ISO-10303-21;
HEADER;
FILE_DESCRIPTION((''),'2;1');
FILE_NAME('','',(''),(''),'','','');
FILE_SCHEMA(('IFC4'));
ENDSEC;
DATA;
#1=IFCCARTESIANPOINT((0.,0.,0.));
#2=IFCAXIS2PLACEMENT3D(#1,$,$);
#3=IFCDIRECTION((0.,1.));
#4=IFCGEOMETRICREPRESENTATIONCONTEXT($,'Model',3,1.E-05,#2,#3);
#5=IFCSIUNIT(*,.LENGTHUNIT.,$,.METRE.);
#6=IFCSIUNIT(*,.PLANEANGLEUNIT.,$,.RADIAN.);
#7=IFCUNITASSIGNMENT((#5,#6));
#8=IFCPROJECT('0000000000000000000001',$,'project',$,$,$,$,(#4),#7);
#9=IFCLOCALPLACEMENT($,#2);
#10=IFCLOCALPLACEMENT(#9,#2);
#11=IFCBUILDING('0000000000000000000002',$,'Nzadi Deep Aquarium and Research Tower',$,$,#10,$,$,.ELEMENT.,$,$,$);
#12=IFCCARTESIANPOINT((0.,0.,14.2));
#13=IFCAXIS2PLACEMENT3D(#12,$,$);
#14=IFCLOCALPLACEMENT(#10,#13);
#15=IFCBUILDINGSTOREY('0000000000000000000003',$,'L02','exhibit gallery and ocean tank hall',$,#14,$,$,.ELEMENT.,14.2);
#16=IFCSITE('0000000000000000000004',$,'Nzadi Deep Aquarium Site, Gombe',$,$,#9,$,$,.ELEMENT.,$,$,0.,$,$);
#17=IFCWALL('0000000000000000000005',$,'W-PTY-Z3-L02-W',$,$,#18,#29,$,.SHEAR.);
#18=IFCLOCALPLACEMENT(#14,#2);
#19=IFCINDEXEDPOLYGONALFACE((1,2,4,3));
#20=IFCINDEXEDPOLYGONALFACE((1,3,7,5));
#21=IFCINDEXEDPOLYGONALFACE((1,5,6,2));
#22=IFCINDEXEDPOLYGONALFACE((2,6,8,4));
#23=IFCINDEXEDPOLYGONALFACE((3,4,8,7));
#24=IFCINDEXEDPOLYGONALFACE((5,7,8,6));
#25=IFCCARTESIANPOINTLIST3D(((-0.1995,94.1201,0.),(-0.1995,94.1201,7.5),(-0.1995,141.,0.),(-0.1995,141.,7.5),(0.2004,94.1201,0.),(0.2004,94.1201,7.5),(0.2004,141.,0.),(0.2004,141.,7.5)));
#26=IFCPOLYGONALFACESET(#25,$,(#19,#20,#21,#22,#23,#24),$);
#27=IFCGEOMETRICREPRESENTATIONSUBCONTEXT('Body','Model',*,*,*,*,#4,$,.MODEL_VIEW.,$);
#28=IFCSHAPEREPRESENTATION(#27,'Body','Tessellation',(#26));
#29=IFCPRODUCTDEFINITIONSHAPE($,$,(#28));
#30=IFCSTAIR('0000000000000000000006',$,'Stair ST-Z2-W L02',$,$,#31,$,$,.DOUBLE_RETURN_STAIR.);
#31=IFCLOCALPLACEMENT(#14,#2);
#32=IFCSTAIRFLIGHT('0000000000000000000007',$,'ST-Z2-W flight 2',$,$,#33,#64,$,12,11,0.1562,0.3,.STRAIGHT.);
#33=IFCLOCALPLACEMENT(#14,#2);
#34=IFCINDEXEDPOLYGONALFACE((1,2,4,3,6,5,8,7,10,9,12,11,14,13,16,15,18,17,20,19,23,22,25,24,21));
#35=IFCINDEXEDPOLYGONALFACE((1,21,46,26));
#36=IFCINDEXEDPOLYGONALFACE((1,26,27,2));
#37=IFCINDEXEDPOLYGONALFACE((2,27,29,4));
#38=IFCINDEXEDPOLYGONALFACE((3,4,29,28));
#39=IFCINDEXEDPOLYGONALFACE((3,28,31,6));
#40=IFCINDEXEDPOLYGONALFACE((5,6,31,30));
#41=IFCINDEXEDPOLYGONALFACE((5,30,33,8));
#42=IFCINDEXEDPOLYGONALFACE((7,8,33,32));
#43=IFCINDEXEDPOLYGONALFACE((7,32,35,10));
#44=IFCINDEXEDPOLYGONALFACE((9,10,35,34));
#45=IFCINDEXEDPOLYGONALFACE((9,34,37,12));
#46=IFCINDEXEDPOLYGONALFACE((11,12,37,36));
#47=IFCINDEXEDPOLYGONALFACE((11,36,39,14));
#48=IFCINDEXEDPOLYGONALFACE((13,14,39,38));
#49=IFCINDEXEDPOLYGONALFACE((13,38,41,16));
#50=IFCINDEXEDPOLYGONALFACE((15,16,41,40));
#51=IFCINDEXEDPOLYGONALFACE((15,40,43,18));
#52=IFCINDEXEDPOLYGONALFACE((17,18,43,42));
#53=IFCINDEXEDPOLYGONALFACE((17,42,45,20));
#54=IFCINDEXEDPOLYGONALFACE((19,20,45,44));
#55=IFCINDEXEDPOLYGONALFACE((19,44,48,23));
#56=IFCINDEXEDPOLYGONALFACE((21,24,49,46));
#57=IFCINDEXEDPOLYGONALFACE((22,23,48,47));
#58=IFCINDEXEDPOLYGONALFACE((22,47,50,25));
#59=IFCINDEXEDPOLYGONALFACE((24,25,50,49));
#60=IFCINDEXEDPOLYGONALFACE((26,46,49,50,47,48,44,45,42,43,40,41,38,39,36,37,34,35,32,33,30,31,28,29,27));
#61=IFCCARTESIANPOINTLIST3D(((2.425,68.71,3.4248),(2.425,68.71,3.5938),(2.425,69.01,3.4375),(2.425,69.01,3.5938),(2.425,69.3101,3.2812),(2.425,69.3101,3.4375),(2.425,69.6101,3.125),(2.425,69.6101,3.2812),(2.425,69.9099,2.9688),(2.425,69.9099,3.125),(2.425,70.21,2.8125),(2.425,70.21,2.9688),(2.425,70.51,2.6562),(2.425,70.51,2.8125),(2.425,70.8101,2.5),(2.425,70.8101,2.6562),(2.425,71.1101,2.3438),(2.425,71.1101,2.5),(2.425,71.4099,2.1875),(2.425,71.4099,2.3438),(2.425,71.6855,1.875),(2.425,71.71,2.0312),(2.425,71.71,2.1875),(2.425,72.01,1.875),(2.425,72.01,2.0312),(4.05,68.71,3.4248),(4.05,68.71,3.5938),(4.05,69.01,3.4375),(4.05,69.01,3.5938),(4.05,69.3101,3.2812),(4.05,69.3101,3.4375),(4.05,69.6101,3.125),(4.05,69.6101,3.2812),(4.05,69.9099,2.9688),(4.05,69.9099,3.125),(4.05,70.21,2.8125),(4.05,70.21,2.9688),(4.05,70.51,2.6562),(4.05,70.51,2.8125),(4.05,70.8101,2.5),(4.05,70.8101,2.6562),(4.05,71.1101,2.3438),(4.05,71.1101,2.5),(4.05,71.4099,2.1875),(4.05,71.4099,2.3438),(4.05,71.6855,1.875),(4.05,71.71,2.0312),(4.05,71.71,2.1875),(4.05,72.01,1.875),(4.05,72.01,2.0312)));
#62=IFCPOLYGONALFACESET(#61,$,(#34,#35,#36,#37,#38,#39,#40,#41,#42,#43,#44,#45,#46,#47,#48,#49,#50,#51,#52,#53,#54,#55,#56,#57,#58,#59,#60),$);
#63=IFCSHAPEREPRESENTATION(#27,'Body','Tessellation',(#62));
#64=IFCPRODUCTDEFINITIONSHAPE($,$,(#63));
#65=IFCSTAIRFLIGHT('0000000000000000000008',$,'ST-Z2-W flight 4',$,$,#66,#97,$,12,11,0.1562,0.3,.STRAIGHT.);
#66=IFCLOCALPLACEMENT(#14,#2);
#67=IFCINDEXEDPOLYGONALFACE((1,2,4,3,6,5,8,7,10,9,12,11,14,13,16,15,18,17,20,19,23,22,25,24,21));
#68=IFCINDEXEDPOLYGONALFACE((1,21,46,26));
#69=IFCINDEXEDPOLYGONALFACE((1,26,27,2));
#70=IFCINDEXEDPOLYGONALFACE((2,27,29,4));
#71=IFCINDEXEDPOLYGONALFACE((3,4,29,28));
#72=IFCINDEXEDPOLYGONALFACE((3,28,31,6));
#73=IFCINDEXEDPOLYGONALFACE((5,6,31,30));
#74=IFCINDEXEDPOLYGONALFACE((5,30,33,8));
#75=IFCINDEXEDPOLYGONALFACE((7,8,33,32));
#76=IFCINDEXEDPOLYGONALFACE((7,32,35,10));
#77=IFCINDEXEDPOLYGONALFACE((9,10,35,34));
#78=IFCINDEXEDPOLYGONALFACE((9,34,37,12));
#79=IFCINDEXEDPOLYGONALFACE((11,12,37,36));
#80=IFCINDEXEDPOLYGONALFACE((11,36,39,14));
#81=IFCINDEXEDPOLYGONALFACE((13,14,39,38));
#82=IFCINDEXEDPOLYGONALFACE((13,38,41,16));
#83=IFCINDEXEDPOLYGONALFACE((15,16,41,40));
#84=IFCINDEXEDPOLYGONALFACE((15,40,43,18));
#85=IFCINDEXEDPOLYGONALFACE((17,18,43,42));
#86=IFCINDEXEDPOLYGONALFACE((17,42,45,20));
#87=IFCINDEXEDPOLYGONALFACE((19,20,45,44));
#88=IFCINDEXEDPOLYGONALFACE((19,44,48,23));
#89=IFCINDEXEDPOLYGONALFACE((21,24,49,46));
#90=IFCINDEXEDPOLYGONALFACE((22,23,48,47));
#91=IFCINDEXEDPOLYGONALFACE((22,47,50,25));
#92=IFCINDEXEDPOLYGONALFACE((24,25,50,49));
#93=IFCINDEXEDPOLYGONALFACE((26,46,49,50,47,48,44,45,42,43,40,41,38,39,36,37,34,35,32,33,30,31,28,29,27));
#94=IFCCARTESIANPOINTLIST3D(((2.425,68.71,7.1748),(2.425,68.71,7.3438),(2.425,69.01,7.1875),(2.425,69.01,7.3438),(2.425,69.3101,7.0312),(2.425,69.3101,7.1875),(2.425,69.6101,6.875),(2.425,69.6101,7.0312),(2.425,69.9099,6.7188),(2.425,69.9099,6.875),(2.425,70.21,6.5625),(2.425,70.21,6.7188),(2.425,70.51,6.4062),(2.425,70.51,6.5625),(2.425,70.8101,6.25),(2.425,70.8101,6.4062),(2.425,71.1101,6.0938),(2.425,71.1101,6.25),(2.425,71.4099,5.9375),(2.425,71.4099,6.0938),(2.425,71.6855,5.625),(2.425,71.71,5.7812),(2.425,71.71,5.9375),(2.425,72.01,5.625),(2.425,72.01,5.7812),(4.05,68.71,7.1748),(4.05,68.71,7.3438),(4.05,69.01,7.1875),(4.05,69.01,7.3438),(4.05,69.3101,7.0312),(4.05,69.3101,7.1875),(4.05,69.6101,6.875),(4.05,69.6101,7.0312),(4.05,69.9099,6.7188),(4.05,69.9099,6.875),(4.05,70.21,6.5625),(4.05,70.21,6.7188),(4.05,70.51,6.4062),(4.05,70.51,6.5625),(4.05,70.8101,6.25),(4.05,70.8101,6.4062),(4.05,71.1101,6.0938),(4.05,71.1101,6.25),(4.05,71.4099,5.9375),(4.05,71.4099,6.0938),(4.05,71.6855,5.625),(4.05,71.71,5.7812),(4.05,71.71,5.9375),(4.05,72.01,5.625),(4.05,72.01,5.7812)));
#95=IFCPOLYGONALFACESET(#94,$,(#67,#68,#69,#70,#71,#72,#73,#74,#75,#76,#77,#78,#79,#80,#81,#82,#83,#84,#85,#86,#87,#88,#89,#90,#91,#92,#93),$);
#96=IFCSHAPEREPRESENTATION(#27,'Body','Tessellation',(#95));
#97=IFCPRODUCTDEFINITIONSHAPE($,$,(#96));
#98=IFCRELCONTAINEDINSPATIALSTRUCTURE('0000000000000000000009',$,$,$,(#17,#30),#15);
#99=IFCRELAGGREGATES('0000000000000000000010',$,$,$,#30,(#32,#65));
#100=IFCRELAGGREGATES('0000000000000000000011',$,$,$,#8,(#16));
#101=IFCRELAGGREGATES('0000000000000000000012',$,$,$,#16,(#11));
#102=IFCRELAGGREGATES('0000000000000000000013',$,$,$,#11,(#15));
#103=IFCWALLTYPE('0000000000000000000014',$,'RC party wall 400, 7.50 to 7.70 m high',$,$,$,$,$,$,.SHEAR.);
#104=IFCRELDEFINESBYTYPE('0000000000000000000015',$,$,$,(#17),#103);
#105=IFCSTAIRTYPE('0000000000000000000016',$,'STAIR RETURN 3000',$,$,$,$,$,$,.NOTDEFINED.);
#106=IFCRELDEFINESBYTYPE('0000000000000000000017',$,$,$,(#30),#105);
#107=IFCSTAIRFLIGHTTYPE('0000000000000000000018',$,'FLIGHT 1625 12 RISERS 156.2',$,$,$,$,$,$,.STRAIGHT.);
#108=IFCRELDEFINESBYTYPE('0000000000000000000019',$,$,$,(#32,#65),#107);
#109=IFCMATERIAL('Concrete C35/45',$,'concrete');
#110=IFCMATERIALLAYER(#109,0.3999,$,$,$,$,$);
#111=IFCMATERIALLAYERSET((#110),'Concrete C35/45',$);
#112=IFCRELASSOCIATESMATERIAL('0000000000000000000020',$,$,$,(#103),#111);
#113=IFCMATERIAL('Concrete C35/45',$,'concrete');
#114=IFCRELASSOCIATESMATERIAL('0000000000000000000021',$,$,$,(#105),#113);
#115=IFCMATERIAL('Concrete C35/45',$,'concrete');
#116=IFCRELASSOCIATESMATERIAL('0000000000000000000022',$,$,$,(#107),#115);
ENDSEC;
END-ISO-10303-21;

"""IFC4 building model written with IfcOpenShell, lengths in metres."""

from ifc_helpers import new_model, si_unit, direction, frame, frame_2d, origin, place, context, subcontext, project, spatial, polyline, rectangle, outline, extrude, material, layer, layer_set, type_object, element, aggregate, save


model = new_model("IFC4")

# Units and contexts
model_context = context("Model", 3, precision=1e-05, world=origin(), true_north=direction((0.0, 1.0)))
body_context = subcontext(model_context, "Body", "Model", "MODEL_VIEW")
ifc_project = project(units=[si_unit("LENGTHUNIT", "METRE"), si_unit("PLANEANGLEUNIT", "RADIAN")], contexts=[model_context])

# Site, building, storey
site_placement = place(None, origin())
site = spatial("IfcSite", under=ifc_project, at=site_placement, Name="Nzadi Deep Aquarium Site, Gombe", CompositionType="ELEMENT", RefElevation=0.0)
building_placement = place(site_placement, origin())
building = spatial("IfcBuilding", under=site, at=building_placement, Name="Nzadi Deep Aquarium and Research Tower", CompositionType="ELEMENT")
storey_placement = place(building_placement, frame((0.0, 0.0, 14.2)))
storey = spatial("IfcBuildingStorey", under=building, at=storey_placement, Name="L02", Description="exhibit gallery and ocean tank hall", CompositionType="ELEMENT", Elevation=14.2)

# Wall
ifc_material_1 = material(Name="Concrete C35/45", Category="concrete")
ifc_layer_1 = layer(ifc_material_1, 0.3999)
ifc_layer_set_1 = layer_set([ifc_layer_1], Name="Concrete C35/45")
wall_type_1 = type_object("IfcWallType", Name="RC party wall 400, 7.50 to 7.70 m high", PredefinedType="SHEAR", material=ifc_layer_set_1)
wall_1_placement = place(storey_placement, frame((0.0005, 94.1201, 0.0), z_axis=(0.0, 0.0, 1.0), x_axis=(0.0, 1.0, 0.0)))
element("IfcWall", 1, at=wall_1_placement, inside=storey, type_object=wall_type_1, Name="W-PTY-Z3-L02-W", PredefinedType="SHEAR", context=body_context, shape_type="SweptSolid", body=[
    extrude(rectangle(XDim=46.8799, YDim=0.3999, at=frame_2d((23.4399, 0.0))), origin(), (0.0, 0.0, 1.0), 7.5),
])

# Stair, stair flights
ifc_material_2 = material(Name="Concrete C35/45", Category="concrete")
stair_type = type_object("IfcStairType", Name="STAIR RETURN 3000", PredefinedType="NOTDEFINED", material=ifc_material_2)
stair_placement = place(storey_placement, origin())
stair = element("IfcStair", 2, at=stair_placement, inside=storey, type_object=stair_type, Name="Stair ST-Z2-W L02", PredefinedType="DOUBLE_RETURN_STAIR")
ifc_material_3 = material(Name="Concrete C35/45", Category="concrete")
stair_flight_type = type_object("IfcStairFlightType", Name="FLIGHT 1625 12 RISERS 156.2", PredefinedType="STRAIGHT", material=ifc_material_3)
stair_flight_1_placement = place(storey_placement, frame((3.2375, 72.01, 1.875), z_axis=(0.0, 0.0, 1.0), x_axis=(0.0, -1.0, 0.0)))
stair_flight_1 = element("IfcStairFlight", 3, at=stair_flight_1_placement, type_object=stair_flight_type, Name="ST-Z2-W flight 2", NumberOfRisers=12, NumberOfTreads=11, PredefinedType="STRAIGHT", RiserHeight=0.1562, TreadLength=0.3, context=body_context, shape_type="SweptSolid", body=[
    extrude(outline(polyline([(0.0, 0.0), (0.0, 0.1562), (0.3, 0.1562), (0.3, 0.3125), (0.6001, 0.3125), (0.6001, 0.4688), (0.8999, 0.4688), (0.8999, 0.625), (1.2, 0.625), (1.2, 0.7812), (1.5, 0.7812), (1.5, 0.9375), (1.8, 0.9375), (1.8, 1.0938), (2.1001, 1.0938), (2.1001, 1.25), (2.3999, 1.25), (2.3999, 1.4062), (2.7, 1.4062), (2.7, 1.5625), (3.0, 1.5625), (3.0, 1.7188), (3.3, 1.7188), (3.3, 1.875), (3.3, 1.5498), (0.3245, 0.0), (0.0, 0.0)])), frame((0.0, 0.8125, 0.0), z_axis=(0.0, -1.0, 0.0), x_axis=(1.0, 0.0, 0.0)), (0.0, 0.0, 1.0), 1.625),
])
stair_flight_2_placement = place(storey_placement, frame((3.2375, 72.01, 5.625), z_axis=(0.0, 0.0, 1.0), x_axis=(0.0, -1.0, 0.0)))
stair_flight_2 = element("IfcStairFlight", 4, at=stair_flight_2_placement, type_object=stair_flight_type, Name="ST-Z2-W flight 4", NumberOfRisers=12, NumberOfTreads=11, PredefinedType="STRAIGHT", RiserHeight=0.1562, TreadLength=0.3, context=body_context, shape_type="SweptSolid", body=[
    extrude(outline(polyline([(0.0, 0.0), (0.0, 0.1562), (0.3, 0.1562), (0.3, 0.3125), (0.6001, 0.3125), (0.6001, 0.4688), (0.8999, 0.4688), (0.8999, 0.625), (1.2, 0.625), (1.2, 0.7812), (1.5, 0.7812), (1.5, 0.9375), (1.8, 0.9375), (1.8, 1.0938), (2.1001, 1.0938), (2.1001, 1.25), (2.3999, 1.25), (2.3999, 1.4062), (2.7, 1.4062), (2.7, 1.5625), (3.0, 1.5625), (3.0, 1.7188), (3.3, 1.7188), (3.3, 1.875), (3.3, 1.5498), (0.3245, 0.0), (0.0, 0.0)])), frame((0.0, 0.8125, 0.0), z_axis=(0.0, -1.0, 0.0), x_axis=(1.0, 0.0, 0.0)), (0.0, 0.0, 1.0), 1.625),
])
aggregate(stair, [stair_flight_1, stair_flight_2])

save(model, "model.ifc")
